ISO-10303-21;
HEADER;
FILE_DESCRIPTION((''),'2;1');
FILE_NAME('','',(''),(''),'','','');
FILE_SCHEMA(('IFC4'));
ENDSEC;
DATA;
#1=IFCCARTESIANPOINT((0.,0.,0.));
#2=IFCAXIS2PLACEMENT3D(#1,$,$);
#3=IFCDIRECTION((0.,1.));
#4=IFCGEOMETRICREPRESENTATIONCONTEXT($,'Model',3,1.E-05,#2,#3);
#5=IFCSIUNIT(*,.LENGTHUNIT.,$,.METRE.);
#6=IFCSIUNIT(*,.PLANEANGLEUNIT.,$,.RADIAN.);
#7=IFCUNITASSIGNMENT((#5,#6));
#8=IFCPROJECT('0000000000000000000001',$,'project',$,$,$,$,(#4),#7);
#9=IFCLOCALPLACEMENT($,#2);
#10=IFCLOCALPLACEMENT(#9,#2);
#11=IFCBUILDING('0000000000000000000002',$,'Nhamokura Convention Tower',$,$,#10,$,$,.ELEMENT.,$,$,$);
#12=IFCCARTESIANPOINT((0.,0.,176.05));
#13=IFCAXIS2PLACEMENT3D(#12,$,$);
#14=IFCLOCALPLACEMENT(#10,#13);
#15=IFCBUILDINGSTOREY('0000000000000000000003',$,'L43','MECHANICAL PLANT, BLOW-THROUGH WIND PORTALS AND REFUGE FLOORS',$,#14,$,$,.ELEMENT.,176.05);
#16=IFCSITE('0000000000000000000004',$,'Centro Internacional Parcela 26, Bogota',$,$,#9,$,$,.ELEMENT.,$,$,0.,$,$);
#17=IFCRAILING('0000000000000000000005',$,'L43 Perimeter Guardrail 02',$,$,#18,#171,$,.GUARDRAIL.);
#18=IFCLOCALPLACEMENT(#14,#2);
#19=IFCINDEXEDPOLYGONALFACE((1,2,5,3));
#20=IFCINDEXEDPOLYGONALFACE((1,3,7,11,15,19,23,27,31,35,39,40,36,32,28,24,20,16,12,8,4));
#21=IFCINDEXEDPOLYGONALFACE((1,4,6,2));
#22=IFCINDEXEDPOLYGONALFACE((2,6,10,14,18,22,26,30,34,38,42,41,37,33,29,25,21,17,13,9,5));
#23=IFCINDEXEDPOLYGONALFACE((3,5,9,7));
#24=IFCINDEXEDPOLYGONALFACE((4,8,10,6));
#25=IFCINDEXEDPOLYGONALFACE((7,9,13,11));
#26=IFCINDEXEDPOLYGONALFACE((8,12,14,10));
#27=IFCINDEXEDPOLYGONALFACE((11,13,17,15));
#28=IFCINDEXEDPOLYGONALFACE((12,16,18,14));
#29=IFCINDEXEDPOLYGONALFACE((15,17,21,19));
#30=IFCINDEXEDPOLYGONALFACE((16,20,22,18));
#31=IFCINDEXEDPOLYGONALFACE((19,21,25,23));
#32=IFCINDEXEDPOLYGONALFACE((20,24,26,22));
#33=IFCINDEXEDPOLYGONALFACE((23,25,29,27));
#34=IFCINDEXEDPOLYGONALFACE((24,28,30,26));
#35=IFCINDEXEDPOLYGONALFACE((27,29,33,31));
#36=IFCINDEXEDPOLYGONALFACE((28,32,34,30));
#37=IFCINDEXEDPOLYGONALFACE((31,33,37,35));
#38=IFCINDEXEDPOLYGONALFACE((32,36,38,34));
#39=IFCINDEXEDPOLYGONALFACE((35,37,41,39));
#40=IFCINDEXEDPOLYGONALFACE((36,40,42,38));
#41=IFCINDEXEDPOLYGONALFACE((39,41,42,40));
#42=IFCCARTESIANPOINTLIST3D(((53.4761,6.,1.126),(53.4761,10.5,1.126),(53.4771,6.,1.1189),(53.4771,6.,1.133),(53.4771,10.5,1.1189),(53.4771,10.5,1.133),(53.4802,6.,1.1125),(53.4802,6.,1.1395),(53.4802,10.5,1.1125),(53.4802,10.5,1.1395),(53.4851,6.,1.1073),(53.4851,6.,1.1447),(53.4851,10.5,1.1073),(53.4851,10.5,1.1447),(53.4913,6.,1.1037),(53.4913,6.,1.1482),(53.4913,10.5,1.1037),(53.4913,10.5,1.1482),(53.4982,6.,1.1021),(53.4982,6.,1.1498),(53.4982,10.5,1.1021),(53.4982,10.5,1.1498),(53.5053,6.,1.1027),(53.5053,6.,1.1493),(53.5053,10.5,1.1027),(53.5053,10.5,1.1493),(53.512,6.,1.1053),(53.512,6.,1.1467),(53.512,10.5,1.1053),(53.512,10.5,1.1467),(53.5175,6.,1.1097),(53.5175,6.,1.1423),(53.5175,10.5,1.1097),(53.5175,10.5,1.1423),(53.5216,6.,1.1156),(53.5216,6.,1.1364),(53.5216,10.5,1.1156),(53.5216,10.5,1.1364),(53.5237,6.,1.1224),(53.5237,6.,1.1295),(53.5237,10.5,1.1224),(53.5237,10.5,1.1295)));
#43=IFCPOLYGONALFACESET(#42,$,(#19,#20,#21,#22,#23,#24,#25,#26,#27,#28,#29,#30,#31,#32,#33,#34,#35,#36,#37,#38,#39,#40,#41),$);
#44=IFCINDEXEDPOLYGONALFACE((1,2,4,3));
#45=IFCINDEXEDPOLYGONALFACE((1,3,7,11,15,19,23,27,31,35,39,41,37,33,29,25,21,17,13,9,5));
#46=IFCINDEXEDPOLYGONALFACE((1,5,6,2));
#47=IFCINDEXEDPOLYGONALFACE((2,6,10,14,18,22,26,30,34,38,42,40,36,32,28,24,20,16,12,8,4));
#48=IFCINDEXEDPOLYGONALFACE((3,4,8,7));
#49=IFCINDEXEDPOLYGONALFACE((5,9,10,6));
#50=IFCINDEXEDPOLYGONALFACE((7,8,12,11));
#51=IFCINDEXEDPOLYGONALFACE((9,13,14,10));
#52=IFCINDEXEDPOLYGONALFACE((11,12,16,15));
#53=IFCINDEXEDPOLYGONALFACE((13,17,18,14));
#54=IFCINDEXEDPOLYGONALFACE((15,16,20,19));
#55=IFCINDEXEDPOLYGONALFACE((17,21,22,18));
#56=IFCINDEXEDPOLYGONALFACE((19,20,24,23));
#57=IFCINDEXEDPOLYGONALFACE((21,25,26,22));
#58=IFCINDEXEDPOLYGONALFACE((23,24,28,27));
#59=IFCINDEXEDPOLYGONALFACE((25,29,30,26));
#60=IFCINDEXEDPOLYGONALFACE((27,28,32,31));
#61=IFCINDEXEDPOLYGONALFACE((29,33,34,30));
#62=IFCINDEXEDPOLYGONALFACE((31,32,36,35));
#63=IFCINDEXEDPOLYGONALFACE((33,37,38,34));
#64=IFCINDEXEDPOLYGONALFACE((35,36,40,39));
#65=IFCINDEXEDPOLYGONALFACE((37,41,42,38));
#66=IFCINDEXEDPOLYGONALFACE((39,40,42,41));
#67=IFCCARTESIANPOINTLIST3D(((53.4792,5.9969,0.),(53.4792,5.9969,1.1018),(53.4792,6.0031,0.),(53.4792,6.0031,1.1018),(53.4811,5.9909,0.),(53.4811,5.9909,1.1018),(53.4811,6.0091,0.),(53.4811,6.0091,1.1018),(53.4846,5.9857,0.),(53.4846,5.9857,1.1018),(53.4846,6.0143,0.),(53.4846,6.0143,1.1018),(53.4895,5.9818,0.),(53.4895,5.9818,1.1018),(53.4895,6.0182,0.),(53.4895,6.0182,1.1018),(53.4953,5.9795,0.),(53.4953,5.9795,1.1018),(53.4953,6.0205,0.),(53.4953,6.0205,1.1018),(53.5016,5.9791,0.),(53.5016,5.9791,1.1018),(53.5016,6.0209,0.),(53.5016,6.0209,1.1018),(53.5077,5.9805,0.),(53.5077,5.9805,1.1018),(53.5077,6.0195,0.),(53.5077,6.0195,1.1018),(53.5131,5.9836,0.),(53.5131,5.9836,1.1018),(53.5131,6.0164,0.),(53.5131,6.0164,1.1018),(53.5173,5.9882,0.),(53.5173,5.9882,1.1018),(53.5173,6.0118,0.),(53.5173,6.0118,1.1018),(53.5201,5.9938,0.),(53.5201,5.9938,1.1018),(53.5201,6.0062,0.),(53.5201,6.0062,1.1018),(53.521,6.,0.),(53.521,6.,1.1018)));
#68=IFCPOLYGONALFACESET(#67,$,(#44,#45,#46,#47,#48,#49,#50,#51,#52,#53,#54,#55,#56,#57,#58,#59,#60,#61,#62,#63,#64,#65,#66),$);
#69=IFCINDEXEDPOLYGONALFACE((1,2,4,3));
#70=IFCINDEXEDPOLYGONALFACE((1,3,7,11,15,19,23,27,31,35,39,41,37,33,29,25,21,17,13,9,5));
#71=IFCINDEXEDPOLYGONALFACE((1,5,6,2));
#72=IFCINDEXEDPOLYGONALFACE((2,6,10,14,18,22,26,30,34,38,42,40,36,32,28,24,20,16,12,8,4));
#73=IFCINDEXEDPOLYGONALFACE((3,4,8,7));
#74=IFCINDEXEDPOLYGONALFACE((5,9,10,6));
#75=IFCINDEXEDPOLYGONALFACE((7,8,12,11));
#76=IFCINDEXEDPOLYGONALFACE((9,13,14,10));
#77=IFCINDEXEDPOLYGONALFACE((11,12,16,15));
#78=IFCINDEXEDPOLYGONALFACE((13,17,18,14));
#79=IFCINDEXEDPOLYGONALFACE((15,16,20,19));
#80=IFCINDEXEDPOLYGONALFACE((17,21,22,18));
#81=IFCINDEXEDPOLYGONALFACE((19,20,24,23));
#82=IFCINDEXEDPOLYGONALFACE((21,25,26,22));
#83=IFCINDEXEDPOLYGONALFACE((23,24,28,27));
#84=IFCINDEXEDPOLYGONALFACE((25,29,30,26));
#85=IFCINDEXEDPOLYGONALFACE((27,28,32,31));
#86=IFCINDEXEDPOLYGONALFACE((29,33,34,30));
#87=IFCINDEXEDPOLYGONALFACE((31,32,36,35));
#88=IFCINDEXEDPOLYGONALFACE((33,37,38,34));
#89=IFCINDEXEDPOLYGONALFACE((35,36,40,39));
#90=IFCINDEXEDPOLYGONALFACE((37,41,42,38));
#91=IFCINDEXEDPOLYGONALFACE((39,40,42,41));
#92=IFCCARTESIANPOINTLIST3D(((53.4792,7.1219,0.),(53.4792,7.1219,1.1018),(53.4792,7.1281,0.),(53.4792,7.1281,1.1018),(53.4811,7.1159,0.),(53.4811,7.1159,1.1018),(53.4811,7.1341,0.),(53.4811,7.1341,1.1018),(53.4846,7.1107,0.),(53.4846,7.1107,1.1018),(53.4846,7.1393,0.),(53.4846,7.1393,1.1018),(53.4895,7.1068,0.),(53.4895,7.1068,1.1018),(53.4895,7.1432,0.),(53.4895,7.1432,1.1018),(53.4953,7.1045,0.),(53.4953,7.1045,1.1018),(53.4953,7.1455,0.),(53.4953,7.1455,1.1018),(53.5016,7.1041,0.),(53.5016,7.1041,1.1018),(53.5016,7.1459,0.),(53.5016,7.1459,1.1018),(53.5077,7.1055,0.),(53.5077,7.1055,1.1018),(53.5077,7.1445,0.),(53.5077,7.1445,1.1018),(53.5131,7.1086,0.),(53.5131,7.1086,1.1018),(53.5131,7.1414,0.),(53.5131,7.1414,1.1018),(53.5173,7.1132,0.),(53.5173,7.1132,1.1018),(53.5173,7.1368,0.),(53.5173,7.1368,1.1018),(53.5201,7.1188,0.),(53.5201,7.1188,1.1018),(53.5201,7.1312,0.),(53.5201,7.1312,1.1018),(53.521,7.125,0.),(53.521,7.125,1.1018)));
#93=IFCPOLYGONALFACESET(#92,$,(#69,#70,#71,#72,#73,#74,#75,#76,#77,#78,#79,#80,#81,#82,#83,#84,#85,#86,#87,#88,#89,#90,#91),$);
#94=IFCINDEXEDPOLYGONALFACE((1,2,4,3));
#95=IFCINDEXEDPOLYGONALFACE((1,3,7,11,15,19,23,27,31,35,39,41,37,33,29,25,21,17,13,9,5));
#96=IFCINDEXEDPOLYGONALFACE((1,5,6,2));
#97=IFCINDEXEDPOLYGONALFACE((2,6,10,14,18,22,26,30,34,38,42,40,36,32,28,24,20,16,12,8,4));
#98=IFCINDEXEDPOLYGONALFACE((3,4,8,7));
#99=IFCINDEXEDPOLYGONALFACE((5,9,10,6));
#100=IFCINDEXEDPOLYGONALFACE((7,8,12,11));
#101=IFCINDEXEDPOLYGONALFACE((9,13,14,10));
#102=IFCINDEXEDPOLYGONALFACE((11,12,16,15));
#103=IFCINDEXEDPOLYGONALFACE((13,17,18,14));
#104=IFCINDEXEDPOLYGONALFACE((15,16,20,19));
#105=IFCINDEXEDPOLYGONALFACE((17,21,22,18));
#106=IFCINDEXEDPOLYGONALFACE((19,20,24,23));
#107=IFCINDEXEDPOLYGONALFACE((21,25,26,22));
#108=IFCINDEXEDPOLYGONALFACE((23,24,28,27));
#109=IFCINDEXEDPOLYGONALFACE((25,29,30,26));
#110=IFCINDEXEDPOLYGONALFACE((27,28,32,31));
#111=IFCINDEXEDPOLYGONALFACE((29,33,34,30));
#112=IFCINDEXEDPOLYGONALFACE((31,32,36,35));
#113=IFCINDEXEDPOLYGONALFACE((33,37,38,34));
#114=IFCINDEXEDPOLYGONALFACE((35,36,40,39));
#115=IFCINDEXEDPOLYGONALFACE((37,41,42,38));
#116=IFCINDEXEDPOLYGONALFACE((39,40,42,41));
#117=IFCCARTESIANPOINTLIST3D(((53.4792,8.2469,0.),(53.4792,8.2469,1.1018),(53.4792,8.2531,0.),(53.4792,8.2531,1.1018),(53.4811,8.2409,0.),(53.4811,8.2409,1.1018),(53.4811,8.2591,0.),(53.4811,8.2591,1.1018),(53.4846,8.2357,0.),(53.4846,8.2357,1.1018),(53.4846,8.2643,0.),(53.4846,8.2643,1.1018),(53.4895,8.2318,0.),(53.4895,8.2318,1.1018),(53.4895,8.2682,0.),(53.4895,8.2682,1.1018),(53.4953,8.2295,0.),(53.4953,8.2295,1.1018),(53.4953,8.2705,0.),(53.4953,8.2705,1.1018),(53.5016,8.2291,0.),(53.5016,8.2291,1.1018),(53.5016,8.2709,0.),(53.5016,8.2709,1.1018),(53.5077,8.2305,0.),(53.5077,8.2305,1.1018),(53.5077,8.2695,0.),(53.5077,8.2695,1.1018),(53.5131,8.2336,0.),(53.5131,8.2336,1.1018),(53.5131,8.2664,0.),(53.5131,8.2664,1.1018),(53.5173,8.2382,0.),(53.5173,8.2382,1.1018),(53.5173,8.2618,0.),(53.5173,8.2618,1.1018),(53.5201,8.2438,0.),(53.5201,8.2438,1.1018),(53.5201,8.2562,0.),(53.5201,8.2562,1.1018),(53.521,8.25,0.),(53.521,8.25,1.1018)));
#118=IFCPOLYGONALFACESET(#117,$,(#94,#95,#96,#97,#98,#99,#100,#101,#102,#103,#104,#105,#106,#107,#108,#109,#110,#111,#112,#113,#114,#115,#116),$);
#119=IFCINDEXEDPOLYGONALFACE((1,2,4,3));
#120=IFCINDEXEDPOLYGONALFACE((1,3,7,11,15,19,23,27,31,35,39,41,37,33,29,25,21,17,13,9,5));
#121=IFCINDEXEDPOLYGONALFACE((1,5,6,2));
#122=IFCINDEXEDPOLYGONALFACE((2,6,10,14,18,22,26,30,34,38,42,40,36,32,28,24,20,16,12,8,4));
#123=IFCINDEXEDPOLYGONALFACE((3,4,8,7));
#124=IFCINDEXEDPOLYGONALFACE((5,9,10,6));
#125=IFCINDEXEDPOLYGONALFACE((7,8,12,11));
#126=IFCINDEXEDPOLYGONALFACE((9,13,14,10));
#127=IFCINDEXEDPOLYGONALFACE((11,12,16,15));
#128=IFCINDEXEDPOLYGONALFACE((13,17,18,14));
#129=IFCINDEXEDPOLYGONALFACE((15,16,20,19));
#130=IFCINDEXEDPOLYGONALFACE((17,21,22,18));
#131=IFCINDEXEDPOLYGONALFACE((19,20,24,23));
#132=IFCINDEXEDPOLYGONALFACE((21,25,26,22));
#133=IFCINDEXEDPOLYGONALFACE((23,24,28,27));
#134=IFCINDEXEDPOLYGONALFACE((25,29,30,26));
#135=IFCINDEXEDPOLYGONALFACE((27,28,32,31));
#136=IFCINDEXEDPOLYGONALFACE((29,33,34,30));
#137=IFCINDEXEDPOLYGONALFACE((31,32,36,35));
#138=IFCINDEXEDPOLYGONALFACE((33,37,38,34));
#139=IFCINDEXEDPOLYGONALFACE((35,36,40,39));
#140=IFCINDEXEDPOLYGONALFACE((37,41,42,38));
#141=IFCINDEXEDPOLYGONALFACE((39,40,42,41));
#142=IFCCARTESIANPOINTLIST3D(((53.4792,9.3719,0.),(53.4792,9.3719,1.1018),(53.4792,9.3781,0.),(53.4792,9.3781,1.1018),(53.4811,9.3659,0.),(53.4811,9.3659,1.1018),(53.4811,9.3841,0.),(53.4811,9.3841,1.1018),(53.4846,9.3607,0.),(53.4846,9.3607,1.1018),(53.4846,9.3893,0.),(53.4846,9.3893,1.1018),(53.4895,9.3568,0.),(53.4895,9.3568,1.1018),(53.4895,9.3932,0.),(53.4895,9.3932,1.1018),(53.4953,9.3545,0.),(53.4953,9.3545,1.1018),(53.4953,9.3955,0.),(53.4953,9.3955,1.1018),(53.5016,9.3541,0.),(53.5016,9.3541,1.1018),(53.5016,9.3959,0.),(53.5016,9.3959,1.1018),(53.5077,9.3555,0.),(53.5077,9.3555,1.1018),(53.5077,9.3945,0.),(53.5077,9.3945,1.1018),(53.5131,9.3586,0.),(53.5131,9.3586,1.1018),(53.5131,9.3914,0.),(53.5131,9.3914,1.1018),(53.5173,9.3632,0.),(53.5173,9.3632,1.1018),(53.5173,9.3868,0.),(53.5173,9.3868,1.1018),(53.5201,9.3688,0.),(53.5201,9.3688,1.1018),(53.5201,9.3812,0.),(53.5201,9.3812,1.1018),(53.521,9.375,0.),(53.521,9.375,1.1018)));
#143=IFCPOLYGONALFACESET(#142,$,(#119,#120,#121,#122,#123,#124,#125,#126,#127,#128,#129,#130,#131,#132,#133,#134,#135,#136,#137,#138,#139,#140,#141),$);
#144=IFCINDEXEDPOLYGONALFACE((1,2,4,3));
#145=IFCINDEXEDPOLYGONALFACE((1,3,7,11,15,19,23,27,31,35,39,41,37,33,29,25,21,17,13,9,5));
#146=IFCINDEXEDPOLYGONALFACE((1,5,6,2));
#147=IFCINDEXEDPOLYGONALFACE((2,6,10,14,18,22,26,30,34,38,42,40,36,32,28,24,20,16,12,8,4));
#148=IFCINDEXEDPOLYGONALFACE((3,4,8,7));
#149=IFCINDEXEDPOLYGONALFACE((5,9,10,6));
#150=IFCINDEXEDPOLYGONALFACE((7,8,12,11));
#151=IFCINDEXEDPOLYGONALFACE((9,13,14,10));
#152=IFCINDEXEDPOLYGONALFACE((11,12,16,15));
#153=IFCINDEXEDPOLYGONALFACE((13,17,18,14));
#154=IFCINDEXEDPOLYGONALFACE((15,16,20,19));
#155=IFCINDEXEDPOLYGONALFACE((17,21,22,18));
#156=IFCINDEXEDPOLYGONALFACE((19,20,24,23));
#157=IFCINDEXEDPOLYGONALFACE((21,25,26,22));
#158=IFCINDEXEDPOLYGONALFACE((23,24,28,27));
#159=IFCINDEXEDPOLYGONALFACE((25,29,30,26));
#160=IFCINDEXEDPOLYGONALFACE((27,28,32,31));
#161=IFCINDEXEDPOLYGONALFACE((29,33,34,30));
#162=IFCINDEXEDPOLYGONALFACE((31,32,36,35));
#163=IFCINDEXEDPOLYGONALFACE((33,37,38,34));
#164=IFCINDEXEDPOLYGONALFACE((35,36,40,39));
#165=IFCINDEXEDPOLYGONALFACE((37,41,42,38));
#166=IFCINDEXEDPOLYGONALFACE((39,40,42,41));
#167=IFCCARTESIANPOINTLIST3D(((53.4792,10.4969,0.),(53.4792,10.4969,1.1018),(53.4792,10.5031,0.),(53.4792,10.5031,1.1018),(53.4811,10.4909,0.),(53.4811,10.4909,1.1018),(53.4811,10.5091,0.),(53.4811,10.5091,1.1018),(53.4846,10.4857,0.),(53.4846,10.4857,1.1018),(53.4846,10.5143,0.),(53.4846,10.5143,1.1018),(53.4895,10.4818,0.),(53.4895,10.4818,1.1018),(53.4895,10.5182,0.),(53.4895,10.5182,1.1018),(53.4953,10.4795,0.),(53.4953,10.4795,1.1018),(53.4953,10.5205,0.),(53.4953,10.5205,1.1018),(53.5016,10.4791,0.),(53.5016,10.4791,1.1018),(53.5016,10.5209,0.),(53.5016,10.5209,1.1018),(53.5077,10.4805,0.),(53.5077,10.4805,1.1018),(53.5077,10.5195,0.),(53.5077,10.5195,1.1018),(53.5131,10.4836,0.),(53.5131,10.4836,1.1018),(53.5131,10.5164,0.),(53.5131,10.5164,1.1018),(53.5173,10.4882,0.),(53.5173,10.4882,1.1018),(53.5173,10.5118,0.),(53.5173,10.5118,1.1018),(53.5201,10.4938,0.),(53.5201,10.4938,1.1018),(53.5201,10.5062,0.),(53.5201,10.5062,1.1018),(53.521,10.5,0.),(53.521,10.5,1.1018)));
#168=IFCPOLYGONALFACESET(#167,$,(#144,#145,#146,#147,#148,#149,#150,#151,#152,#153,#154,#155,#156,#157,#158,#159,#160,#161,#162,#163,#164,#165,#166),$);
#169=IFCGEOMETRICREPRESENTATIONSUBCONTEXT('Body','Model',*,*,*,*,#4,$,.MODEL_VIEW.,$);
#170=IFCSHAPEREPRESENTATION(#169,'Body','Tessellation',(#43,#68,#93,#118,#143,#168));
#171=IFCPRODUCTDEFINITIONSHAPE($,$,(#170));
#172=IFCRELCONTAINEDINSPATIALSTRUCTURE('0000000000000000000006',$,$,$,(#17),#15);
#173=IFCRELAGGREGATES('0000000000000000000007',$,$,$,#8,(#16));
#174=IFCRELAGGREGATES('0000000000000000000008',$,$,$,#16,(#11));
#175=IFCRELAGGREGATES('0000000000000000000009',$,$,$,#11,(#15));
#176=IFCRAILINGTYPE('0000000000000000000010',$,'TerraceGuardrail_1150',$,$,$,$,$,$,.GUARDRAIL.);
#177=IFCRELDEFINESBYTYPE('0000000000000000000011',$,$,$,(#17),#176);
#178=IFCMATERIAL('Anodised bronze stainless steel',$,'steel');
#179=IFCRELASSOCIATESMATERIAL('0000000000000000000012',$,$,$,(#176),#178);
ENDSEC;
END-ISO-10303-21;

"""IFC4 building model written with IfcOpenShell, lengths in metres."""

from ifc_helpers import new_model, si_unit, direction, frame, origin, origin_2d, place, context, subcontext, project, spatial, circle, extrude, material, type_object, element, save


model = new_model("IFC4")

# Units and contexts
model_context = context("Model", 3, precision=1e-05, world=origin(), true_north=direction((0.0, 1.0)))
body_context = subcontext(model_context, "Body", "Model", "MODEL_VIEW")
ifc_project = project(units=[si_unit("LENGTHUNIT", "METRE"), si_unit("PLANEANGLEUNIT", "RADIAN")], contexts=[model_context])

# Site, building, storey
site_placement = place(None, origin())
site = spatial("IfcSite", under=ifc_project, at=site_placement, Name="Centro Internacional Parcela 26, Bogota", CompositionType="ELEMENT", RefElevation=0.0)
building_placement = place(site_placement, origin())
building = spatial("IfcBuilding", under=site, at=building_placement, Name="Nhamokura Convention Tower", CompositionType="ELEMENT")
storey_placement = place(building_placement, frame((0.0, 0.0, 176.05)))
storey = spatial("IfcBuildingStorey", under=building, at=storey_placement, Name="L43", Description="MECHANICAL PLANT, BLOW-THROUGH WIND PORTALS AND REFUGE FLOORS", CompositionType="ELEMENT", Elevation=176.05)

# Railing
ifc_material_1 = material(Name="Anodised bronze stainless steel", Category="steel")
railing_type = type_object("IfcRailingType", Name="TerraceGuardrail_1150", PredefinedType="GUARDRAIL", material=ifc_material_1)
railing_1_placement = place(storey_placement, frame((53.5, 6.0, 0.0)))
element("IfcRailing", 1, at=railing_1_placement, inside=storey, type_object=railing_type, Name="L43 Perimeter Guardrail 02", PredefinedType="GUARDRAIL", context=body_context, shape_type="SweptSolid", body=[
    extrude(circle(Radius=0.0239, at=origin_2d()), frame((0.0, 0.0, 1.126), z_axis=(0.0, 1.0, 0.0), x_axis=(-1.0, 0.0, 0.0)), (0.0, 0.0, 1.0), 4.5),
    extrude(circle(Radius=0.021, at=origin_2d()), origin(), (0.0, 0.0, 1.0), 1.1018),
    extrude(circle(Radius=0.021, at=origin_2d()), frame((0.0, 1.125, 0.0)), (0.0, 0.0, 1.0), 1.1018),
    extrude(circle(Radius=0.021, at=origin_2d()), frame((0.0, 2.25, 0.0)), (0.0, 0.0, 1.0), 1.1018),
    extrude(circle(Radius=0.021, at=origin_2d()), frame((0.0, 3.375, 0.0)), (0.0, 0.0, 1.0), 1.1018),
    extrude(circle(Radius=0.021, at=origin_2d()), frame((0.0, 4.5, 0.0)), (0.0, 0.0, 1.0), 1.1018),
])

save(model, "model.ifc")
